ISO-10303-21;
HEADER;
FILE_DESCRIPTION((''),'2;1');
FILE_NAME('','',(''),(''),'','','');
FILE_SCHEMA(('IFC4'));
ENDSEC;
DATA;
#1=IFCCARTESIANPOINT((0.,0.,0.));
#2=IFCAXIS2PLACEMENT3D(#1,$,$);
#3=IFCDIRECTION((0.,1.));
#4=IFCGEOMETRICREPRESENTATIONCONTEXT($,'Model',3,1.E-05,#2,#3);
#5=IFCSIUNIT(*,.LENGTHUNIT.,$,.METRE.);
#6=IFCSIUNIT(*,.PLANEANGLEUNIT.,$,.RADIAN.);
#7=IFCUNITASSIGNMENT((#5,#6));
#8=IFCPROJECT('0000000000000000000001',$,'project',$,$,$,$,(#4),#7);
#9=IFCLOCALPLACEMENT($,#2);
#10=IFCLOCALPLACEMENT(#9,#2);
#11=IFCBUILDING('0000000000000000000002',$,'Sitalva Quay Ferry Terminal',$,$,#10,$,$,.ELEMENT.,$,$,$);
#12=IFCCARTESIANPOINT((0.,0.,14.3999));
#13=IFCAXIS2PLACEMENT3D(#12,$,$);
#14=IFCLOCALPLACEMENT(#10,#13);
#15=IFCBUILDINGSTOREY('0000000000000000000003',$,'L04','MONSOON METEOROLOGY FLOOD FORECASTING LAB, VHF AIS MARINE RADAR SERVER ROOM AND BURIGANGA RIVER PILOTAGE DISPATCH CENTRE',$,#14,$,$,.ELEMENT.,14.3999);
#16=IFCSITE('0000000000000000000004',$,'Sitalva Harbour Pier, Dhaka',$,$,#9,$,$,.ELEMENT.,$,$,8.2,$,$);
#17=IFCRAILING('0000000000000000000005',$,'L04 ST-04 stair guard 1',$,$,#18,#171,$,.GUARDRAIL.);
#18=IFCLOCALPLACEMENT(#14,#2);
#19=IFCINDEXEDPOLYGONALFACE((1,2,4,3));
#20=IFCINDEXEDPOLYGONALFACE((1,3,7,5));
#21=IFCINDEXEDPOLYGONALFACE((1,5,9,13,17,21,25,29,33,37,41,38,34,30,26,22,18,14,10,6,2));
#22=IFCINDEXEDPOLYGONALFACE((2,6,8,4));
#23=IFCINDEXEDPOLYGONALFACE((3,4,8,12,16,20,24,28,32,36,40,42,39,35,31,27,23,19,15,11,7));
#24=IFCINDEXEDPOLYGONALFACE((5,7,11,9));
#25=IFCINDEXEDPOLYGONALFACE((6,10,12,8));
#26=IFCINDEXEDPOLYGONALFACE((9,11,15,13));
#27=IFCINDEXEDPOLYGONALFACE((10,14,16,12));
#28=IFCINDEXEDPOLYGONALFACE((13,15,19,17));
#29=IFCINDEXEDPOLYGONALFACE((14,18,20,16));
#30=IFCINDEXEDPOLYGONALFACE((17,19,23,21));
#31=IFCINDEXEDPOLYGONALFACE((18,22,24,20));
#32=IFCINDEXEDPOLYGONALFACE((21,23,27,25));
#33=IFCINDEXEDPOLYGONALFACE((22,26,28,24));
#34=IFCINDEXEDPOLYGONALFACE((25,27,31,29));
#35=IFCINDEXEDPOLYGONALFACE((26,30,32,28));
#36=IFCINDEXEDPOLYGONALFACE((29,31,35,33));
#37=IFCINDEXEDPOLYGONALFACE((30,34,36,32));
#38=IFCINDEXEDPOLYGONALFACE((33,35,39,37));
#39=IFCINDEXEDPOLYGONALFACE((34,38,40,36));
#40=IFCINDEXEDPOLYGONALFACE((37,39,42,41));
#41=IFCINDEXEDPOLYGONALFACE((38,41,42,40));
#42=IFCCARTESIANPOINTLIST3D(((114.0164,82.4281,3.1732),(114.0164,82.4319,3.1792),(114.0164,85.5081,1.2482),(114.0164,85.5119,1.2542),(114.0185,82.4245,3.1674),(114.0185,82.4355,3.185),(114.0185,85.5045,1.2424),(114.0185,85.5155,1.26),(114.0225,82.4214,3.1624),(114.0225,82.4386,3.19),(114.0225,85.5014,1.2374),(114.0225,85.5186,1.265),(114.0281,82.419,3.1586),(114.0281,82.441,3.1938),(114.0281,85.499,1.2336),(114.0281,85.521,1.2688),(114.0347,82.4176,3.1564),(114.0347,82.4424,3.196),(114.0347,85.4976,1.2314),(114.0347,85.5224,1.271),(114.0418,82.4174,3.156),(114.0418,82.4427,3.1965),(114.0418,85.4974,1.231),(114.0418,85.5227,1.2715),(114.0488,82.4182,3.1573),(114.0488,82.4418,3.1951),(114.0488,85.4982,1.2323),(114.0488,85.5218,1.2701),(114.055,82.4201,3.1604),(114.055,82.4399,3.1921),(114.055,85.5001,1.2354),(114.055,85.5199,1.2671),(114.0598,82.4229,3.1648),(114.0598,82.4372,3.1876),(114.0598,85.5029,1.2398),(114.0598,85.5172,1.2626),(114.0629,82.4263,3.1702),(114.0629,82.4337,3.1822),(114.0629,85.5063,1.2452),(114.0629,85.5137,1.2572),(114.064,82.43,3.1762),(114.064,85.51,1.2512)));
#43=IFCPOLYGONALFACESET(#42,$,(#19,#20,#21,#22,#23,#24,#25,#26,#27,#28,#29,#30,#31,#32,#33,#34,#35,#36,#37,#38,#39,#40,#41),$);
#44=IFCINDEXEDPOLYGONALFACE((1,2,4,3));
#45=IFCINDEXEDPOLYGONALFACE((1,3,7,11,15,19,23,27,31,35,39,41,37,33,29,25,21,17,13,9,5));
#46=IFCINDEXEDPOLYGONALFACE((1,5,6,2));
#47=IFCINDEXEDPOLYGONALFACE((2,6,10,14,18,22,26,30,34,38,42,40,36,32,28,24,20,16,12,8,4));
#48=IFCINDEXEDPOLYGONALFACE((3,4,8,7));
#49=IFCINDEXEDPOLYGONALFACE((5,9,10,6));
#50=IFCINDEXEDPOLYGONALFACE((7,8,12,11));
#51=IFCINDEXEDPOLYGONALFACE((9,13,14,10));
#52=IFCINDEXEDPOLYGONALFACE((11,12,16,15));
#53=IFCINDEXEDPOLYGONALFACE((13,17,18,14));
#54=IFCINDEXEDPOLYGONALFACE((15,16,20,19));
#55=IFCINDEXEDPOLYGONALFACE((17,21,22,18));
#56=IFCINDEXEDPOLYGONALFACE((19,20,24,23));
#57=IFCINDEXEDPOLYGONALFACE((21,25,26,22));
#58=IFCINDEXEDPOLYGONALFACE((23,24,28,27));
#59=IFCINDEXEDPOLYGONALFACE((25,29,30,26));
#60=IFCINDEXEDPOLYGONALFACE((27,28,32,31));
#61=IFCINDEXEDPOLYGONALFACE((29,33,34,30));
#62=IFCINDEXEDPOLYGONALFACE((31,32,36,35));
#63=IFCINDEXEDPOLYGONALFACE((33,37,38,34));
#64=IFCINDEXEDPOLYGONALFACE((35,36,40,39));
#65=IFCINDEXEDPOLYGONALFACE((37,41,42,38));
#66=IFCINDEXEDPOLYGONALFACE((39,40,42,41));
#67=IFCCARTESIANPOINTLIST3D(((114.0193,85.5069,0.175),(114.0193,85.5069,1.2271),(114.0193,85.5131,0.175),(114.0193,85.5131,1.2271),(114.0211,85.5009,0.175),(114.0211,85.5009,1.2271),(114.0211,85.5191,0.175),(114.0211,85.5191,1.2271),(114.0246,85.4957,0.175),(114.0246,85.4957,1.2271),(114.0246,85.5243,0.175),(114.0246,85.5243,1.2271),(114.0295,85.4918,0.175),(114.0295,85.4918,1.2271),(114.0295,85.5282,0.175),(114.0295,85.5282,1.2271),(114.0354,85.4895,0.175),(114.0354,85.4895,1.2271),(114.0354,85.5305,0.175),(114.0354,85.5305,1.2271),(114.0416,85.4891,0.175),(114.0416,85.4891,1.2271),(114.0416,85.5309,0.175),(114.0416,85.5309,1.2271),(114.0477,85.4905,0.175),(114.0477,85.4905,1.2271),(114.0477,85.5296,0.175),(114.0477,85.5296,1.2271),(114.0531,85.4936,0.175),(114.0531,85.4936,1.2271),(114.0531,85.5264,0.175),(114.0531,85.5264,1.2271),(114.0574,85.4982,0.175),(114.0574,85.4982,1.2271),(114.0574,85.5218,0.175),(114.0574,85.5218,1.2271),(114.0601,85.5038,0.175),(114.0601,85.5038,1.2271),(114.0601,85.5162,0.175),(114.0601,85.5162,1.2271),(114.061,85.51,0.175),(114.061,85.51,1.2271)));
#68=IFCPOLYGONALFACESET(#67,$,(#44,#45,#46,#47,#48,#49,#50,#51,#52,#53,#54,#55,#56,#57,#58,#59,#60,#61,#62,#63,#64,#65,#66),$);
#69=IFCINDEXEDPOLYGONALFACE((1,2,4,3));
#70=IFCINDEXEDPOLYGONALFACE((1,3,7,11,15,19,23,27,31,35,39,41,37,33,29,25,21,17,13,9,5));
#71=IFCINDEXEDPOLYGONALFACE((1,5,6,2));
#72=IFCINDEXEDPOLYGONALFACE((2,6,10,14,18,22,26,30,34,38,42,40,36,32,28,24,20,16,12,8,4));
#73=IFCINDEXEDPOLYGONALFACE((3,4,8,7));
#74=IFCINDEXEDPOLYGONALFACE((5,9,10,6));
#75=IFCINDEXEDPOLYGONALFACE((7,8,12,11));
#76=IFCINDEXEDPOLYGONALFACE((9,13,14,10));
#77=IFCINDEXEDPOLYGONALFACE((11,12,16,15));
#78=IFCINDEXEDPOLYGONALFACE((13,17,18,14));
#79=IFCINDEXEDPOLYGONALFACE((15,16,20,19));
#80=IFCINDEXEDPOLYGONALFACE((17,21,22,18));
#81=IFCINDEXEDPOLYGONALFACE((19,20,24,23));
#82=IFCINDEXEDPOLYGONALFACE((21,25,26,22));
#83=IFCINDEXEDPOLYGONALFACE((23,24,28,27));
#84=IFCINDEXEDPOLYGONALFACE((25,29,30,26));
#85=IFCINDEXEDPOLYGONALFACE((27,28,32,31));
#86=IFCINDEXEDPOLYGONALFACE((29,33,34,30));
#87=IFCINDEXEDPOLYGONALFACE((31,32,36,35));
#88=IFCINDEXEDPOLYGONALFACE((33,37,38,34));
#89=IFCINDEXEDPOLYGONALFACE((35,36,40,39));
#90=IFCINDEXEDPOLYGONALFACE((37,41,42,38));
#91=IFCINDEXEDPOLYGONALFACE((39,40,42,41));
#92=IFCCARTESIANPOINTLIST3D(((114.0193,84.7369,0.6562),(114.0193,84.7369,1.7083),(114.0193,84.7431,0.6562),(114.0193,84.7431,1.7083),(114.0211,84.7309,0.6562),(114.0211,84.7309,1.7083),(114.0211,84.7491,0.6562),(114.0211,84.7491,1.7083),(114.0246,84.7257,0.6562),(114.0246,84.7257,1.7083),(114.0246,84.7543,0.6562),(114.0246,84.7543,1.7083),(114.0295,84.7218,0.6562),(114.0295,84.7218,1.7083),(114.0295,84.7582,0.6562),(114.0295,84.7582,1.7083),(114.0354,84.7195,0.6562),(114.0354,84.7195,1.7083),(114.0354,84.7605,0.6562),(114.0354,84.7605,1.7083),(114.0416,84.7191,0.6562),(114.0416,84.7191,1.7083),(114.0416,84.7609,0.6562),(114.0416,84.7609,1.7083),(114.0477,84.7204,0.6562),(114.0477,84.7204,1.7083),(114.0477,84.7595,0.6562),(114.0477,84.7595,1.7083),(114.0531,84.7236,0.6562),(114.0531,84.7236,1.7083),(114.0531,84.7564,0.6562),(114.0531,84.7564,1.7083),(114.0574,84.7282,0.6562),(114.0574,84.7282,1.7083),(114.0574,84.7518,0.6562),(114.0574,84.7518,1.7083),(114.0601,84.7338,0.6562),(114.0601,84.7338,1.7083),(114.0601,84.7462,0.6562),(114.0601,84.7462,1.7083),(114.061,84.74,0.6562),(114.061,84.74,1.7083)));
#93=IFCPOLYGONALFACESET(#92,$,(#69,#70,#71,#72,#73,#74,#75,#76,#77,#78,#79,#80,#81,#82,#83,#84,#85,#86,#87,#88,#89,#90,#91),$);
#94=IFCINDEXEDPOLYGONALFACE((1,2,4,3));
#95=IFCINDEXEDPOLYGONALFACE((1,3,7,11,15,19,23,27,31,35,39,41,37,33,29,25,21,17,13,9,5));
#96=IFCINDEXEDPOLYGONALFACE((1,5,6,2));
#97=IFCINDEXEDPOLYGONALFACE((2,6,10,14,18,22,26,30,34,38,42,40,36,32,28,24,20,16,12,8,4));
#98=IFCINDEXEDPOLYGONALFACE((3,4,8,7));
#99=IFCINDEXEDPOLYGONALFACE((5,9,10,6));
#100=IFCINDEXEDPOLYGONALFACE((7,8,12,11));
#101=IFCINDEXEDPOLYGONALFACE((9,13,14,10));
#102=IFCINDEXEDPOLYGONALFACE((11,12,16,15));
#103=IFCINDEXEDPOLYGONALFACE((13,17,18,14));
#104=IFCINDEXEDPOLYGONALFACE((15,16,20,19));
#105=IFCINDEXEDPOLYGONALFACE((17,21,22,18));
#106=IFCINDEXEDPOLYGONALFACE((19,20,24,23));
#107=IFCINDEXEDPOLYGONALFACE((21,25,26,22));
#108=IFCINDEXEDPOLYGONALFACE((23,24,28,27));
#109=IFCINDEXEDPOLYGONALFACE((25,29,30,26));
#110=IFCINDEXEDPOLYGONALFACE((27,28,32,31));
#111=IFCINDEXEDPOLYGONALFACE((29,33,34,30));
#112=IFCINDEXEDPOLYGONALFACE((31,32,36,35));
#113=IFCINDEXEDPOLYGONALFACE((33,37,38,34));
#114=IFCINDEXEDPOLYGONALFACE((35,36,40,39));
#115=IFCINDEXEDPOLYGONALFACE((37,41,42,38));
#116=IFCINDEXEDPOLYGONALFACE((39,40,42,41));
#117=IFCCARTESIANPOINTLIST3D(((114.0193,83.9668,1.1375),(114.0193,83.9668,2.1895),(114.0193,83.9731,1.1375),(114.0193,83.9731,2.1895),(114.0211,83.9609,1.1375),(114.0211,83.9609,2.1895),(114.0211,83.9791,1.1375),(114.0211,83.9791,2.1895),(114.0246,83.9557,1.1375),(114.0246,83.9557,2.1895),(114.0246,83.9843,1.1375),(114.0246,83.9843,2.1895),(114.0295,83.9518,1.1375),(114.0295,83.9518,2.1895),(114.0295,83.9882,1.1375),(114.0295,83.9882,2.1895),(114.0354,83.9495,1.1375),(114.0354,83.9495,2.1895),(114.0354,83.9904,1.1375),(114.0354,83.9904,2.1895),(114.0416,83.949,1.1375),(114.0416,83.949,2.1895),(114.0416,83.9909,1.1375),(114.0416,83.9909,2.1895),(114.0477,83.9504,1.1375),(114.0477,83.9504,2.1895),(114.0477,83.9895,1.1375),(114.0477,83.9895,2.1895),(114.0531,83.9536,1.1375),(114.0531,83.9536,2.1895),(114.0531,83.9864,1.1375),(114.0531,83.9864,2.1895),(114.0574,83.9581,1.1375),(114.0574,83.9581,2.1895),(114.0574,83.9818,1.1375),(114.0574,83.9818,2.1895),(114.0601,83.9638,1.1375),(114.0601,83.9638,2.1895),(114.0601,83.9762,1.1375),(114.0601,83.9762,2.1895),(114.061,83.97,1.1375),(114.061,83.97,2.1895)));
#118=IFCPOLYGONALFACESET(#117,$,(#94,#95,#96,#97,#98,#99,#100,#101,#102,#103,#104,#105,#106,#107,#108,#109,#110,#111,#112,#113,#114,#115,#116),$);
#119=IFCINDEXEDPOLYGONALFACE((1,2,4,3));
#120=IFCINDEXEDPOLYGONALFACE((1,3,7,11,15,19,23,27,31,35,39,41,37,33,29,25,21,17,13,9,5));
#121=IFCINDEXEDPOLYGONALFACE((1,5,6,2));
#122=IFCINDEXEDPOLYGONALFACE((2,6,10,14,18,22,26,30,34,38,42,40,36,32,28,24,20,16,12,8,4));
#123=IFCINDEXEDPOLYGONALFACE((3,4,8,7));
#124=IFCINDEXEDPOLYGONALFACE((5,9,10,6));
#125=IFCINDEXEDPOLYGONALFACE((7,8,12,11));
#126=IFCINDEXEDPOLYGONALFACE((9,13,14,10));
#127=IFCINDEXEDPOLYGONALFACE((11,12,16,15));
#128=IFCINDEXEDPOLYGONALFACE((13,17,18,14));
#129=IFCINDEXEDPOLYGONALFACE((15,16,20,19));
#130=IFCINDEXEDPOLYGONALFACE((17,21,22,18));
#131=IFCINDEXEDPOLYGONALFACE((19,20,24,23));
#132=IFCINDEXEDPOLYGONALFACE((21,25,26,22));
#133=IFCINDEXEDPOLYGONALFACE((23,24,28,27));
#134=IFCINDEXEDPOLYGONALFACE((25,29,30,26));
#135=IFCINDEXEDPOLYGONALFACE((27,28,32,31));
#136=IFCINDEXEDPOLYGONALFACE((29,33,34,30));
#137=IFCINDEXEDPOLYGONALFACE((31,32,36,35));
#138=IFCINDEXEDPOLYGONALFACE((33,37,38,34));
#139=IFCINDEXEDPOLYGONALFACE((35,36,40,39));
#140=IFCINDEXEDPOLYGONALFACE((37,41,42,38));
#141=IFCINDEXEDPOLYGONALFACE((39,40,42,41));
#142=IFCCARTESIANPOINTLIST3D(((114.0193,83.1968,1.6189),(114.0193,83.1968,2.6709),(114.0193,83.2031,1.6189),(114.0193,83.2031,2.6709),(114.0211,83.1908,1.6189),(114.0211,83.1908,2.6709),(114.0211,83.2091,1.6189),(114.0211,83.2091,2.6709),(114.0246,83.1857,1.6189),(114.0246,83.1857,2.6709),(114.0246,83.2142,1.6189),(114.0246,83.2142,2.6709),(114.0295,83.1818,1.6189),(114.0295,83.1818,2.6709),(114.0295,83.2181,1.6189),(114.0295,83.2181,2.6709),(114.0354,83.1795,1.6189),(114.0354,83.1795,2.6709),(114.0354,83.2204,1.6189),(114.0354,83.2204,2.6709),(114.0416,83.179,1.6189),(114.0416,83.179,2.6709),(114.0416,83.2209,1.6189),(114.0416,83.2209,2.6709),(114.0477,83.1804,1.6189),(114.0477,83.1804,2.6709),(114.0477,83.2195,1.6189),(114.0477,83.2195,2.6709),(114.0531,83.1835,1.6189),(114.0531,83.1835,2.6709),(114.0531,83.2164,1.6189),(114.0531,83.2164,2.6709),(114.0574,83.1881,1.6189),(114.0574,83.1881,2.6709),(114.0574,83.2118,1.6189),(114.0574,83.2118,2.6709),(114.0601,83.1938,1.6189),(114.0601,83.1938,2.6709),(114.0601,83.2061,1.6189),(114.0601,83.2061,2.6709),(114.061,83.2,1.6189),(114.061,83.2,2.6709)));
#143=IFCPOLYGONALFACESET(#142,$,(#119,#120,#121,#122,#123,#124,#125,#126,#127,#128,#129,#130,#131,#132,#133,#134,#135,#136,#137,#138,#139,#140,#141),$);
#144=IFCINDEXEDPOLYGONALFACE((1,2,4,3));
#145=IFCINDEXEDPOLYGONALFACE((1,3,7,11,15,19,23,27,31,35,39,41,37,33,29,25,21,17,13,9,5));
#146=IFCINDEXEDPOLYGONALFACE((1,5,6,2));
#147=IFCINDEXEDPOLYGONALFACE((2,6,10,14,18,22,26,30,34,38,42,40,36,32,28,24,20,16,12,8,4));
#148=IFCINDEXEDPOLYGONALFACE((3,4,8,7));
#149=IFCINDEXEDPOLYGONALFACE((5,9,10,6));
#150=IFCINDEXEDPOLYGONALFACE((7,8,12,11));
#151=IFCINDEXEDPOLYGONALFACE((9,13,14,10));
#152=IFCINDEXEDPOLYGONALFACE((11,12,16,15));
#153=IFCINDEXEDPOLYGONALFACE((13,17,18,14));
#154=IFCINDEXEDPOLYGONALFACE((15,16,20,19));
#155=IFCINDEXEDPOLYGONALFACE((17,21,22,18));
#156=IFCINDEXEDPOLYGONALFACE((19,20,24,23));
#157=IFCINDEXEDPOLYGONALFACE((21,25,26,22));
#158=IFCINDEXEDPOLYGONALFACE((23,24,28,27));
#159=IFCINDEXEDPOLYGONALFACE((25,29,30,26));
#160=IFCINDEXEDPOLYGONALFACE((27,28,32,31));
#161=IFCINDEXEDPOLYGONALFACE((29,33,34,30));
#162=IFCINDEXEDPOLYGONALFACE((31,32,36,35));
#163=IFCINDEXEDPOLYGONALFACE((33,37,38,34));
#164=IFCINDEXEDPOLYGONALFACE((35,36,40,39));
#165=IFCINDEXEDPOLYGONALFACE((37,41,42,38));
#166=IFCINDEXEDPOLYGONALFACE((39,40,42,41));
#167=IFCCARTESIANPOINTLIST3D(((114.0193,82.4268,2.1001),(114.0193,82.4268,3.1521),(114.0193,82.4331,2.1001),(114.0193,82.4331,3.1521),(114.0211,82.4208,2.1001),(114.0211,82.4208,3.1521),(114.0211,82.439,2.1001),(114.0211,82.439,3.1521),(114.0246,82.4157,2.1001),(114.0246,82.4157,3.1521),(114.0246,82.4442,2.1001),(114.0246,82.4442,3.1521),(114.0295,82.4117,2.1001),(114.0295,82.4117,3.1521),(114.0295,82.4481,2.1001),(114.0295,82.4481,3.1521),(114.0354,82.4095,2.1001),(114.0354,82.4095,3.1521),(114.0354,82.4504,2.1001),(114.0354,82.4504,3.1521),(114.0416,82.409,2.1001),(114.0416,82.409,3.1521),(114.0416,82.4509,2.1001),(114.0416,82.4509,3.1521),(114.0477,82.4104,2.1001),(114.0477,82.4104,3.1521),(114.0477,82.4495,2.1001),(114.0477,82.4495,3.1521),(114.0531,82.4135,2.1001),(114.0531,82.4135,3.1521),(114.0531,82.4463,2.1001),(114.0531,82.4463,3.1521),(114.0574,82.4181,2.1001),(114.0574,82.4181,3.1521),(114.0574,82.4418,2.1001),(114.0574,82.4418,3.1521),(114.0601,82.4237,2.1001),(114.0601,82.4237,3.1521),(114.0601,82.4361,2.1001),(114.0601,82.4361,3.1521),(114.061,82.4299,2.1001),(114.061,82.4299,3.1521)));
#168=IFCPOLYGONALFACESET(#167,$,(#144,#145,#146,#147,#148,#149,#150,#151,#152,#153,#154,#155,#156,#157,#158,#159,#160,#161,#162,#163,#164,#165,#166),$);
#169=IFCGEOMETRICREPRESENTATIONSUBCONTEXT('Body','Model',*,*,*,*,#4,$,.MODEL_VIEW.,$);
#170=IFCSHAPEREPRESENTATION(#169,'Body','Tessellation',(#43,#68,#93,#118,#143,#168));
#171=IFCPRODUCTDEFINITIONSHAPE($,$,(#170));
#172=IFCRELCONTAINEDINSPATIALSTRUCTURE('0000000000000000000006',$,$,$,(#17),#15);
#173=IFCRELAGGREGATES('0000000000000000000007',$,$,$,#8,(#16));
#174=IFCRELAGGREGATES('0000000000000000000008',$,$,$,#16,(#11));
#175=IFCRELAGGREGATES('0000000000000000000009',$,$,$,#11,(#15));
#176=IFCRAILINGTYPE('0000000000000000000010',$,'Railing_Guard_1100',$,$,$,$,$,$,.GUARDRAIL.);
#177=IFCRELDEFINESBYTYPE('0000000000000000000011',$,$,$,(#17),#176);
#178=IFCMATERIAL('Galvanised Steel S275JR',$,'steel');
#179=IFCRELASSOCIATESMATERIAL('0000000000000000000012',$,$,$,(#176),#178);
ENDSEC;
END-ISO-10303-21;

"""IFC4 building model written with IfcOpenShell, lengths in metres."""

from ifc_helpers import new_model, si_unit, direction, frame, origin, origin_2d, place, context, subcontext, project, spatial, circle, extrude, material, type_object, element, save


model = new_model("IFC4")

# Units and contexts
model_context = context("Model", 3, precision=1e-05, world=origin(), true_north=direction((0.0, 1.0)))
body_context = subcontext(model_context, "Body", "Model", "MODEL_VIEW")
ifc_project = project(units=[si_unit("LENGTHUNIT", "METRE"), si_unit("PLANEANGLEUNIT", "RADIAN")], contexts=[model_context])

# Site, building, storey
site_placement = place(None, origin())
site = spatial("IfcSite", under=ifc_project, at=site_placement, Name="Sitalva Harbour Pier, Dhaka", CompositionType="ELEMENT", RefElevation=8.2)
building_placement = place(site_placement, origin())
building = spatial("IfcBuilding", under=site, at=building_placement, Name="Sitalva Quay Ferry Terminal", CompositionType="ELEMENT")
storey_placement = place(building_placement, frame((0.0, 0.0, 14.3999)))
storey = spatial("IfcBuildingStorey", under=building, at=storey_placement, Name="L04", Description="MONSOON METEOROLOGY FLOOD FORECASTING LAB, VHF AIS MARINE RADAR SERVER ROOM AND BURIGANGA RIVER PILOTAGE DISPATCH CENTRE", CompositionType="ELEMENT", Elevation=14.3999)

# Railing
ifc_material_1 = material(Name="Galvanised Steel S275JR", Category="steel")
railing_type_1 = type_object("IfcRailingType", Name="Railing_Guard_1100", PredefinedType="GUARDRAIL", material=ifc_material_1)
railing_1_placement = place(storey_placement, frame((114.04, 85.51, 0.175)))
element("IfcRailing", 1, at=railing_1_placement, inside=storey, type_object=railing_type_1, Name="L04 ST-04 stair guard 1", PredefinedType="GUARDRAIL", context=body_context, shape_type="SweptSolid", body=[
    extrude(circle(Radius=0.0239, at=origin_2d()), frame((0.0, 0.0, 1.0762), z_axis=(0.0, -0.847998, 0.529999), x_axis=(1.0, 0.0, 0.0)), (0.0, 0.0, 1.0), 3.6321),
    extrude(circle(Radius=0.021, at=origin_2d()), origin(), (0.0, 0.0, 1.0), 1.052),
    extrude(circle(Radius=0.021, at=origin_2d()), frame((0.0, -0.77, 0.4812)), (0.0, 0.0, 1.0), 1.052),
    extrude(circle(Radius=0.021, at=origin_2d()), frame((0.0, -1.54, 0.9624)), (0.0, 0.0, 1.0), 1.052),
    extrude(circle(Radius=0.021, at=origin_2d()), frame((0.0, -2.3101, 1.4438)), (0.0, 0.0, 1.0), 1.052),
    extrude(circle(Radius=0.021, at=origin_2d()), frame((0.0, -3.0801, 1.925)), (0.0, 0.0, 1.0), 1.052),
])

save(model, "model.ifc")
